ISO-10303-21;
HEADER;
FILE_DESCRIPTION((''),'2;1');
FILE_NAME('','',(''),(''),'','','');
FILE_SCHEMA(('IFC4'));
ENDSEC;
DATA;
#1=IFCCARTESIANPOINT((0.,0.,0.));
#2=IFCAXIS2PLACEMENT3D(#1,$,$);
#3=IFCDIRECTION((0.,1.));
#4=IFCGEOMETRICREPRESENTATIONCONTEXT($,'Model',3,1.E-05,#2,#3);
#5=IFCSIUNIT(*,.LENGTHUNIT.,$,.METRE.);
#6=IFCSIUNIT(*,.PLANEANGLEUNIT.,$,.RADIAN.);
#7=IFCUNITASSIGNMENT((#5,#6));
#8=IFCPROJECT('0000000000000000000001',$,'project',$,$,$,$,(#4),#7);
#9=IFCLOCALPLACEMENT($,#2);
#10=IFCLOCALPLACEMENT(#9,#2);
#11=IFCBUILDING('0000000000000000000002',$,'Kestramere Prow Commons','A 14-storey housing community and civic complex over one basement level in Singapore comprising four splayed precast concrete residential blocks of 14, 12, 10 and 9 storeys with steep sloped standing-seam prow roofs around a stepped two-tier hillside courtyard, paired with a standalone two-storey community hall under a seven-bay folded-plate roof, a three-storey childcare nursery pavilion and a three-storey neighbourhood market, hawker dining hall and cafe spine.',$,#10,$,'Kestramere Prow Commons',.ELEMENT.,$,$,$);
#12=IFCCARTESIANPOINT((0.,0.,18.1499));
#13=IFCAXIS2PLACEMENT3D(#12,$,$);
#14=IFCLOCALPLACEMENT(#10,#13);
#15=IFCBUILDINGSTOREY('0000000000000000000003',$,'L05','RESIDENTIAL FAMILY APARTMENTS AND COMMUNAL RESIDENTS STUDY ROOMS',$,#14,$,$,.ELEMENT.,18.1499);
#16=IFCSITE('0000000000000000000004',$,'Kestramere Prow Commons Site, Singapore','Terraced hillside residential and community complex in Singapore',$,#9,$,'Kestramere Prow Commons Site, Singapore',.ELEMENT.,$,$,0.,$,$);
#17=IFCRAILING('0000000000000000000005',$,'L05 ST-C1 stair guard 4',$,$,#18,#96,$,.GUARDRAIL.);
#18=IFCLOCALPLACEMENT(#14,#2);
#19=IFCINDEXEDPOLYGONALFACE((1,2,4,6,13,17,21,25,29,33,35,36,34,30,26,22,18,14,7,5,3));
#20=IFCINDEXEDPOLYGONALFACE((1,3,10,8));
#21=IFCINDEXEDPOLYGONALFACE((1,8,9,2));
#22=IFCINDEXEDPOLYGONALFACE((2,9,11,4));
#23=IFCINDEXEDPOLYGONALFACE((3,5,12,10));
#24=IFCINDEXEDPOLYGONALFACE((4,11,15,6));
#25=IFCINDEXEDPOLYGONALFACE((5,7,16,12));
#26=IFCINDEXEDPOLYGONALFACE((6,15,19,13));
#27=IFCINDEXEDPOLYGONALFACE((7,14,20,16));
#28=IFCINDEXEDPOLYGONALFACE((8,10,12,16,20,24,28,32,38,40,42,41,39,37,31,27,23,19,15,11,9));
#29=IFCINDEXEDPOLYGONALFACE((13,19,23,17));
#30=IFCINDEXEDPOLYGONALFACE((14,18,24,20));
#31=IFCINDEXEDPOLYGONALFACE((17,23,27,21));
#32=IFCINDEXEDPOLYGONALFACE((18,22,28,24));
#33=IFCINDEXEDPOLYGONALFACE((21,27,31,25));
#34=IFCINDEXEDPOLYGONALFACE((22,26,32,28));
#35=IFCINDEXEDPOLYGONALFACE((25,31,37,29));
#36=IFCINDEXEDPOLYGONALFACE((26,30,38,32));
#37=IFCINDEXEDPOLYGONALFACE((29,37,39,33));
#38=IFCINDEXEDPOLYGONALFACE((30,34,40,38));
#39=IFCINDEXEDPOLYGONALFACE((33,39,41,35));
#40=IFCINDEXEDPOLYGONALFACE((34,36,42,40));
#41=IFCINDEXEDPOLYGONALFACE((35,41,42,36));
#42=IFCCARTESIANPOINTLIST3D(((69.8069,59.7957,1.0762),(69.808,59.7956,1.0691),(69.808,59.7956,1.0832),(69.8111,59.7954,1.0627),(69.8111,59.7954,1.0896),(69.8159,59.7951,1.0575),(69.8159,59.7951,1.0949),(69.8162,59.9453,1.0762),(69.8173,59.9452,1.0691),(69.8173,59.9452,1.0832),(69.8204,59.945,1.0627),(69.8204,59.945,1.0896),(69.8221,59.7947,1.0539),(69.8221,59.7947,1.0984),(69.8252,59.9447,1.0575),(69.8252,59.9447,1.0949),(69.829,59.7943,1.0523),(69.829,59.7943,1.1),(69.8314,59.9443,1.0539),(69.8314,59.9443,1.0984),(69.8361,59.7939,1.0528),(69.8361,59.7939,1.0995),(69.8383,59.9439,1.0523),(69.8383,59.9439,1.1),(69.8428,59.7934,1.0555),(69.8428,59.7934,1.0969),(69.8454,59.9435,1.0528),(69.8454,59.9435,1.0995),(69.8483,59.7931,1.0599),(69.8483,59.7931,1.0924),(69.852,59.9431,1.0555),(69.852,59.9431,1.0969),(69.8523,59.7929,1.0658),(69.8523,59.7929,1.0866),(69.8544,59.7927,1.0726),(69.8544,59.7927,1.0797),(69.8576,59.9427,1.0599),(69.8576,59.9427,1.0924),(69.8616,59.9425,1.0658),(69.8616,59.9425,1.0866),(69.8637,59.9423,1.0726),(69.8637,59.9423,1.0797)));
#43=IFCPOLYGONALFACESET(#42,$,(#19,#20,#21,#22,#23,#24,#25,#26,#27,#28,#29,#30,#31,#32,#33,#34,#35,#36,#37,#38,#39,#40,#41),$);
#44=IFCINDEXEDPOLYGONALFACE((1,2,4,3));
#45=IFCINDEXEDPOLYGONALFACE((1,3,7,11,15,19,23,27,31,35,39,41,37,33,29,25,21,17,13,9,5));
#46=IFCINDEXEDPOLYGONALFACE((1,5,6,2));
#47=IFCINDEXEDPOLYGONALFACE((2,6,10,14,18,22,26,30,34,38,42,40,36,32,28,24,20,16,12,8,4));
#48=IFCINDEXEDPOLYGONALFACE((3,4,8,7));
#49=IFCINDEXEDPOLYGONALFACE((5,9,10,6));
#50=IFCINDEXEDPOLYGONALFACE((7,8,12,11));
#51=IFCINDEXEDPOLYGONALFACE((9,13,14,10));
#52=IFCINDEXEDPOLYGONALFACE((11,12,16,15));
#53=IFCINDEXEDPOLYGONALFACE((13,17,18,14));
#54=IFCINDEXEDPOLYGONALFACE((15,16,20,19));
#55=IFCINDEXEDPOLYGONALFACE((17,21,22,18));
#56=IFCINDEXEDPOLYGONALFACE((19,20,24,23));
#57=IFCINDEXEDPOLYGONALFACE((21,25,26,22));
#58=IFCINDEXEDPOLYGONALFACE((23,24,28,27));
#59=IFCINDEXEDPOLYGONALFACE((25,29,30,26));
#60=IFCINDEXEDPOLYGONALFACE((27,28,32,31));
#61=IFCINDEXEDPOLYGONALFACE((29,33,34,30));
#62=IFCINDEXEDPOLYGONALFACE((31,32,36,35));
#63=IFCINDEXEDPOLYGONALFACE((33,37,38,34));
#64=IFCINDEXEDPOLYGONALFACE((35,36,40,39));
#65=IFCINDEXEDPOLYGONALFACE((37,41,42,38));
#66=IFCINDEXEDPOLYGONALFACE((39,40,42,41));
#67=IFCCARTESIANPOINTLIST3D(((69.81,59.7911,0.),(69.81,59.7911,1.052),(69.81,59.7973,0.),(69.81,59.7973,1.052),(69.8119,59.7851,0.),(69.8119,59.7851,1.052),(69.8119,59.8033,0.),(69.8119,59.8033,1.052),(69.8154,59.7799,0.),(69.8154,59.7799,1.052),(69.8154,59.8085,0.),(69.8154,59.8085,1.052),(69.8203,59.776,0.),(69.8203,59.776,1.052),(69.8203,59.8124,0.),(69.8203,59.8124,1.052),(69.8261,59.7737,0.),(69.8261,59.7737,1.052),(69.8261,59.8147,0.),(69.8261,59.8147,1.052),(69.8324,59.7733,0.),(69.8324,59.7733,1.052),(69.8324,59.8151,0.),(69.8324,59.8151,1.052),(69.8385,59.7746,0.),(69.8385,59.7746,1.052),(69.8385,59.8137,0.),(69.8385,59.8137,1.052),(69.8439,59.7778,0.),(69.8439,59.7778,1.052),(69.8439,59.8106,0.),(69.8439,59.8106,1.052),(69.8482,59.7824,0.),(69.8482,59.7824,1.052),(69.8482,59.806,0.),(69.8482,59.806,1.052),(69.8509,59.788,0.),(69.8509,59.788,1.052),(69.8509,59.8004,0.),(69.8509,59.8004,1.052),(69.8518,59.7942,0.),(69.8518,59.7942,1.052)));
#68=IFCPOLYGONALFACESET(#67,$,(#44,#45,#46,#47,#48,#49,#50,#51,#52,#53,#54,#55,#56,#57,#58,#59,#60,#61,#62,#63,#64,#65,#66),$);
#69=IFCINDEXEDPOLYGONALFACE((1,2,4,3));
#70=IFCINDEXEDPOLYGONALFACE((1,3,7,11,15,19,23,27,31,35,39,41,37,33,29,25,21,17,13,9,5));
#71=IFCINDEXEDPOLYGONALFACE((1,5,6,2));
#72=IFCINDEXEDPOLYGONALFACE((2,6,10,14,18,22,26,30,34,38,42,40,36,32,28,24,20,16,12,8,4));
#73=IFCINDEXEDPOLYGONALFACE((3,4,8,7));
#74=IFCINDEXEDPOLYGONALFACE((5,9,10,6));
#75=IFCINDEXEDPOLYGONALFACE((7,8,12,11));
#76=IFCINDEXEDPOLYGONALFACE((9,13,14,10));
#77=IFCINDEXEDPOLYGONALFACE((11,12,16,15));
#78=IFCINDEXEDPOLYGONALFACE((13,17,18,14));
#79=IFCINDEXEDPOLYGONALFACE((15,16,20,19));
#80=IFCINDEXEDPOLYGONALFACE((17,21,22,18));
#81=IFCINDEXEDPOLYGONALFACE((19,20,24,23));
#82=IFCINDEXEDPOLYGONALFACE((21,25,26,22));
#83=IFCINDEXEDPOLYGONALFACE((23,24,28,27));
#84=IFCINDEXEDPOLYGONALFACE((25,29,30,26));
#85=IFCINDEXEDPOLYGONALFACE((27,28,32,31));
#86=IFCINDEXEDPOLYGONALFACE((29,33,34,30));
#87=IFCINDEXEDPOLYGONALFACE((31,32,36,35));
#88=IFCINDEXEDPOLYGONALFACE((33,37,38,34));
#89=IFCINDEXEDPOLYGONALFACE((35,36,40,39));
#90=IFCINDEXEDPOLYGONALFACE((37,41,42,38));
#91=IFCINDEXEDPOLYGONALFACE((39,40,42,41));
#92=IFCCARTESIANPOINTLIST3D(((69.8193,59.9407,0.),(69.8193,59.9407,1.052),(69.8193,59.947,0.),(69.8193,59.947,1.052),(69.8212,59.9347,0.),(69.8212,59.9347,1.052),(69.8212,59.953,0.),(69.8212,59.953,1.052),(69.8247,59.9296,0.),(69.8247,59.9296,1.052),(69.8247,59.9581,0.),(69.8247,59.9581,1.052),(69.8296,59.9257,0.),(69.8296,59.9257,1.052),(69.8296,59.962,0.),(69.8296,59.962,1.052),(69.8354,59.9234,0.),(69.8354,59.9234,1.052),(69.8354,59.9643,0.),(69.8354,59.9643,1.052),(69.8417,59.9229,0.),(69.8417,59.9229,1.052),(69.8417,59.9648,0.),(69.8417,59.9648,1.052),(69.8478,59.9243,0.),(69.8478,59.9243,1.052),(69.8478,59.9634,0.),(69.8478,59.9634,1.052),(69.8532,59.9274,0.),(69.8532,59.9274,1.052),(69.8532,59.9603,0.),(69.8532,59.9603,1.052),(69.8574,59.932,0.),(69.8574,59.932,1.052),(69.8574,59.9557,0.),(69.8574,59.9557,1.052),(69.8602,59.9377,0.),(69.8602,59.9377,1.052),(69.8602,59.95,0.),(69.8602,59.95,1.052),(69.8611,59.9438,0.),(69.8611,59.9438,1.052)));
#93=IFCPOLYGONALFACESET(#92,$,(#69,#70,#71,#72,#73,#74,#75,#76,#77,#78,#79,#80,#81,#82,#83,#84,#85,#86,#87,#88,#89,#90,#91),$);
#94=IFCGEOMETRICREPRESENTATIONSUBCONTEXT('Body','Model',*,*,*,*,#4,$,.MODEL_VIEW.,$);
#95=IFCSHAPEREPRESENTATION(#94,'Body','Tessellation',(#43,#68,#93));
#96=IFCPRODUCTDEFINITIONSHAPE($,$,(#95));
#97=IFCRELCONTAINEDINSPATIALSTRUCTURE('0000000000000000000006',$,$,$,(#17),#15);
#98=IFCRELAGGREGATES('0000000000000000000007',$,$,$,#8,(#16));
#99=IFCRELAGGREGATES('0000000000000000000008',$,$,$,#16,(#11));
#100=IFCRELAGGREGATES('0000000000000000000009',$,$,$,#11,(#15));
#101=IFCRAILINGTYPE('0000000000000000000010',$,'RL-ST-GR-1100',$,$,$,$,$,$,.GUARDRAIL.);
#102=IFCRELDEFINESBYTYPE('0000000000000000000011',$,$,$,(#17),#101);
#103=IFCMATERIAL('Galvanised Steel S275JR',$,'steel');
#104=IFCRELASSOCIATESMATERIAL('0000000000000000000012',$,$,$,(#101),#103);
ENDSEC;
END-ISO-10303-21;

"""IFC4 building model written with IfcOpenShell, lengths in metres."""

from ifc_helpers import new_model, si_unit, direction, frame, origin, origin_2d, place, context, subcontext, project, spatial, circle, extrude, material, type_object, element, save


model = new_model("IFC4")

# Units and contexts
model_context = context("Model", 3, precision=1e-05, world=origin(), true_north=direction((0.0, 1.0)))
body_context = subcontext(model_context, "Body", "Model", "MODEL_VIEW")
ifc_project = project(units=[si_unit("LENGTHUNIT", "METRE"), si_unit("PLANEANGLEUNIT", "RADIAN")], contexts=[model_context])

# Site, building, storey
site_placement = place(None, origin())
site = spatial("IfcSite", under=ifc_project, at=site_placement, Name="Kestramere Prow Commons Site, Singapore", Description="Terraced hillside residential and community complex in Singapore", LongName="Kestramere Prow Commons Site, Singapore", CompositionType="ELEMENT", RefElevation=0.0)
building_placement = place(site_placement, origin())
building = spatial("IfcBuilding", under=site, at=building_placement, Name="Kestramere Prow Commons", Description="A 14-storey housing community and civic complex over one basement level in Singapore comprising four splayed precast concrete residential blocks of 14, 12, 10 and 9 storeys with steep sloped standing-seam prow roofs around a stepped two-tier hillside courtyard, paired with a standalone two-storey community hall under a seven-bay folded-plate roof, a three-storey childcare nursery pavilion and a three-storey neighbourhood market, hawker dining hall and cafe spine.", LongName="Kestramere Prow Commons", CompositionType="ELEMENT")
storey_placement = place(building_placement, frame((0.0, 0.0, 18.1499)))
storey = spatial("IfcBuildingStorey", under=building, at=storey_placement, Name="L05", Description="RESIDENTIAL FAMILY APARTMENTS AND COMMUNAL RESIDENTS STUDY ROOMS", CompositionType="ELEMENT", Elevation=18.1499)

# Railing
ifc_material_1 = material(Name="Galvanised Steel S275JR", Category="steel")
railing_type_1 = type_object("IfcRailingType", Name="RL-ST-GR-1100", PredefinedType="GUARDRAIL", material=ifc_material_1)
railing_1_placement = place(storey_placement, frame((69.8308, 59.7942, 0.0)))
element("IfcRailing", 1, at=railing_1_placement, inside=storey, type_object=railing_type_1, Name="L05 ST-C1 stair guard 4", PredefinedType="GUARDRAIL", context=body_context, shape_type="SweptSolid", body=[
    extrude(circle(Radius=0.0239, at=origin_2d()), frame((0.0, 0.0, 1.0762), z_axis=(0.061871, 0.998084, 0.0), x_axis=(-0.998084, 0.061871, 0.0)), (0.0, 0.0, 1.0), 0.1499),
    extrude(circle(Radius=0.021, at=origin_2d()), origin(), (0.0, 0.0, 1.0), 1.052),
    extrude(circle(Radius=0.021, at=origin_2d()), frame((0.0093, 0.1497, 0.0)), (0.0, 0.0, 1.0), 1.052),
])

save(model, "model.ifc")
